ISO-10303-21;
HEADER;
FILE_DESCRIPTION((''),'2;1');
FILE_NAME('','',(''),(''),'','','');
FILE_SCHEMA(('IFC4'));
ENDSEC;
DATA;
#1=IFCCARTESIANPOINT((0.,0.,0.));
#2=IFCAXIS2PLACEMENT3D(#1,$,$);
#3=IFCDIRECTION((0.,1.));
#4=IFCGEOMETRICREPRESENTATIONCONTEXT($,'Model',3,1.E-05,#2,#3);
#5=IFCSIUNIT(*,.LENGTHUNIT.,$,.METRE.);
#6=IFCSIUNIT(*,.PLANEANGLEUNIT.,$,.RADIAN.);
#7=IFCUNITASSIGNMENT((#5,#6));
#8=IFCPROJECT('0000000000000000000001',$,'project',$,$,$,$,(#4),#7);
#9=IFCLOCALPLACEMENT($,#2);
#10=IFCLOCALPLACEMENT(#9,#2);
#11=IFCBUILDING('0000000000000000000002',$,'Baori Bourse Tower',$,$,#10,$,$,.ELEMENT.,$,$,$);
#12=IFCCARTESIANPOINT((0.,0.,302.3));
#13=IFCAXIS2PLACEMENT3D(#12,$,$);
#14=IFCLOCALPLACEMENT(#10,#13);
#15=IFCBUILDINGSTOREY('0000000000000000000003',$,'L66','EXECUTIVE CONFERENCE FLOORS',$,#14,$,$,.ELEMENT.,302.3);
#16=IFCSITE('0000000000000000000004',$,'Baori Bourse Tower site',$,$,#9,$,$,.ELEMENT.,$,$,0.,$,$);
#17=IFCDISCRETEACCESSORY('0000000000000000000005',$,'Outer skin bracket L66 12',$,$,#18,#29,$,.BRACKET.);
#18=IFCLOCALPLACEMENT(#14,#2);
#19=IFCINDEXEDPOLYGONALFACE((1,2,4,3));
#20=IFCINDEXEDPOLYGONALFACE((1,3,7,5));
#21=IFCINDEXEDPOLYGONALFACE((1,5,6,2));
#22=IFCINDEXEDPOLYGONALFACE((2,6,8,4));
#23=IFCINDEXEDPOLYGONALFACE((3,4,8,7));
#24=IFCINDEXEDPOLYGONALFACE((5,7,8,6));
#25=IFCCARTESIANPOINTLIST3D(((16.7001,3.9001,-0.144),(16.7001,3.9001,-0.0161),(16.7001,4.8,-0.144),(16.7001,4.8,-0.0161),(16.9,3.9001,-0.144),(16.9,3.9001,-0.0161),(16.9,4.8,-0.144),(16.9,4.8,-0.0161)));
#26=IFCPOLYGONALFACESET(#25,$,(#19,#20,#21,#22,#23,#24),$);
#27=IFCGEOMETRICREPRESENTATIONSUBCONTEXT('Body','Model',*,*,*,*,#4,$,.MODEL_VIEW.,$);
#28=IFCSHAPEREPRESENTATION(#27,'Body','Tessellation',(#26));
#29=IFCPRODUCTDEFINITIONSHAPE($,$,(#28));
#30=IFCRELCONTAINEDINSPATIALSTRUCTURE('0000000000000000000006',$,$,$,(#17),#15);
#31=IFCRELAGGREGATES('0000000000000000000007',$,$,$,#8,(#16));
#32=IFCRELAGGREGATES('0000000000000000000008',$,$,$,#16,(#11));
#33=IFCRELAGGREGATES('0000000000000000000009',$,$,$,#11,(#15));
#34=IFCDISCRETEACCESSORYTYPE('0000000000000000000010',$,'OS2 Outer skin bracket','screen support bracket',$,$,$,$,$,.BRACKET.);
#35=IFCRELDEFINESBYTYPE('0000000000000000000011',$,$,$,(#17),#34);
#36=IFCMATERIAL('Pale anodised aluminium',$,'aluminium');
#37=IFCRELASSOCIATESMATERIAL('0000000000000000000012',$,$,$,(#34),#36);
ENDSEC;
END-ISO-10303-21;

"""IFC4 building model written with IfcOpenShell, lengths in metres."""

from ifc_helpers import new_model, si_unit, direction, frame, origin, origin_2d, place, context, subcontext, project, spatial, rectangle, extrude, material, type_object, element, save


model = new_model("IFC4")

# Units and contexts
model_context = context("Model", 3, precision=1e-05, world=origin(), true_north=direction((0.0, 1.0)))
body_context = subcontext(model_context, "Body", "Model", "MODEL_VIEW")
ifc_project = project(units=[si_unit("LENGTHUNIT", "METRE"), si_unit("PLANEANGLEUNIT", "RADIAN")], contexts=[model_context])

# Site, building, storey
site_placement = place(None, origin())
site = spatial("IfcSite", under=ifc_project, at=site_placement, Name="Baori Bourse Tower site", CompositionType="ELEMENT", RefElevation=0.0)
building_placement = place(site_placement, origin())
building = spatial("IfcBuilding", under=site, at=building_placement, Name="Baori Bourse Tower", CompositionType="ELEMENT")
storey_placement = place(building_placement, frame((0.0, 0.0, 302.3)))
storey = spatial("IfcBuildingStorey", under=building, at=storey_placement, Name="L66", Description="EXECUTIVE CONFERENCE FLOORS", CompositionType="ELEMENT", Elevation=302.3)

# Discrete accessory
ifc_material_1 = material(Name="Pale anodised aluminium", Category="aluminium")
discrete_accessory_type = type_object("IfcDiscreteAccessoryType", Name="OS2 Outer skin bracket", Description="screen support bracket", PredefinedType="BRACKET", material=ifc_material_1)
for number, where, z_axis, x_axis, name in (
    (1, (16.8, 4.3501, -0.144), (0.0, 0.0, 1.0), (1.0, 0.0, 0.0), "Outer skin bracket L66 12"),
):
    element("IfcDiscreteAccessory", number, at=place(storey_placement, frame(where, z_axis=z_axis, x_axis=x_axis)), inside=storey, type_object=discrete_accessory_type, Name=name, PredefinedType="BRACKET", context=body_context, shape_type="SweptSolid", body=[
        extrude(rectangle(XDim=0.2, YDim=0.8999, at=origin_2d()), origin(), (0.0, 0.0, 1.0), 0.1279),
    ])

save(model, "model.ifc")
